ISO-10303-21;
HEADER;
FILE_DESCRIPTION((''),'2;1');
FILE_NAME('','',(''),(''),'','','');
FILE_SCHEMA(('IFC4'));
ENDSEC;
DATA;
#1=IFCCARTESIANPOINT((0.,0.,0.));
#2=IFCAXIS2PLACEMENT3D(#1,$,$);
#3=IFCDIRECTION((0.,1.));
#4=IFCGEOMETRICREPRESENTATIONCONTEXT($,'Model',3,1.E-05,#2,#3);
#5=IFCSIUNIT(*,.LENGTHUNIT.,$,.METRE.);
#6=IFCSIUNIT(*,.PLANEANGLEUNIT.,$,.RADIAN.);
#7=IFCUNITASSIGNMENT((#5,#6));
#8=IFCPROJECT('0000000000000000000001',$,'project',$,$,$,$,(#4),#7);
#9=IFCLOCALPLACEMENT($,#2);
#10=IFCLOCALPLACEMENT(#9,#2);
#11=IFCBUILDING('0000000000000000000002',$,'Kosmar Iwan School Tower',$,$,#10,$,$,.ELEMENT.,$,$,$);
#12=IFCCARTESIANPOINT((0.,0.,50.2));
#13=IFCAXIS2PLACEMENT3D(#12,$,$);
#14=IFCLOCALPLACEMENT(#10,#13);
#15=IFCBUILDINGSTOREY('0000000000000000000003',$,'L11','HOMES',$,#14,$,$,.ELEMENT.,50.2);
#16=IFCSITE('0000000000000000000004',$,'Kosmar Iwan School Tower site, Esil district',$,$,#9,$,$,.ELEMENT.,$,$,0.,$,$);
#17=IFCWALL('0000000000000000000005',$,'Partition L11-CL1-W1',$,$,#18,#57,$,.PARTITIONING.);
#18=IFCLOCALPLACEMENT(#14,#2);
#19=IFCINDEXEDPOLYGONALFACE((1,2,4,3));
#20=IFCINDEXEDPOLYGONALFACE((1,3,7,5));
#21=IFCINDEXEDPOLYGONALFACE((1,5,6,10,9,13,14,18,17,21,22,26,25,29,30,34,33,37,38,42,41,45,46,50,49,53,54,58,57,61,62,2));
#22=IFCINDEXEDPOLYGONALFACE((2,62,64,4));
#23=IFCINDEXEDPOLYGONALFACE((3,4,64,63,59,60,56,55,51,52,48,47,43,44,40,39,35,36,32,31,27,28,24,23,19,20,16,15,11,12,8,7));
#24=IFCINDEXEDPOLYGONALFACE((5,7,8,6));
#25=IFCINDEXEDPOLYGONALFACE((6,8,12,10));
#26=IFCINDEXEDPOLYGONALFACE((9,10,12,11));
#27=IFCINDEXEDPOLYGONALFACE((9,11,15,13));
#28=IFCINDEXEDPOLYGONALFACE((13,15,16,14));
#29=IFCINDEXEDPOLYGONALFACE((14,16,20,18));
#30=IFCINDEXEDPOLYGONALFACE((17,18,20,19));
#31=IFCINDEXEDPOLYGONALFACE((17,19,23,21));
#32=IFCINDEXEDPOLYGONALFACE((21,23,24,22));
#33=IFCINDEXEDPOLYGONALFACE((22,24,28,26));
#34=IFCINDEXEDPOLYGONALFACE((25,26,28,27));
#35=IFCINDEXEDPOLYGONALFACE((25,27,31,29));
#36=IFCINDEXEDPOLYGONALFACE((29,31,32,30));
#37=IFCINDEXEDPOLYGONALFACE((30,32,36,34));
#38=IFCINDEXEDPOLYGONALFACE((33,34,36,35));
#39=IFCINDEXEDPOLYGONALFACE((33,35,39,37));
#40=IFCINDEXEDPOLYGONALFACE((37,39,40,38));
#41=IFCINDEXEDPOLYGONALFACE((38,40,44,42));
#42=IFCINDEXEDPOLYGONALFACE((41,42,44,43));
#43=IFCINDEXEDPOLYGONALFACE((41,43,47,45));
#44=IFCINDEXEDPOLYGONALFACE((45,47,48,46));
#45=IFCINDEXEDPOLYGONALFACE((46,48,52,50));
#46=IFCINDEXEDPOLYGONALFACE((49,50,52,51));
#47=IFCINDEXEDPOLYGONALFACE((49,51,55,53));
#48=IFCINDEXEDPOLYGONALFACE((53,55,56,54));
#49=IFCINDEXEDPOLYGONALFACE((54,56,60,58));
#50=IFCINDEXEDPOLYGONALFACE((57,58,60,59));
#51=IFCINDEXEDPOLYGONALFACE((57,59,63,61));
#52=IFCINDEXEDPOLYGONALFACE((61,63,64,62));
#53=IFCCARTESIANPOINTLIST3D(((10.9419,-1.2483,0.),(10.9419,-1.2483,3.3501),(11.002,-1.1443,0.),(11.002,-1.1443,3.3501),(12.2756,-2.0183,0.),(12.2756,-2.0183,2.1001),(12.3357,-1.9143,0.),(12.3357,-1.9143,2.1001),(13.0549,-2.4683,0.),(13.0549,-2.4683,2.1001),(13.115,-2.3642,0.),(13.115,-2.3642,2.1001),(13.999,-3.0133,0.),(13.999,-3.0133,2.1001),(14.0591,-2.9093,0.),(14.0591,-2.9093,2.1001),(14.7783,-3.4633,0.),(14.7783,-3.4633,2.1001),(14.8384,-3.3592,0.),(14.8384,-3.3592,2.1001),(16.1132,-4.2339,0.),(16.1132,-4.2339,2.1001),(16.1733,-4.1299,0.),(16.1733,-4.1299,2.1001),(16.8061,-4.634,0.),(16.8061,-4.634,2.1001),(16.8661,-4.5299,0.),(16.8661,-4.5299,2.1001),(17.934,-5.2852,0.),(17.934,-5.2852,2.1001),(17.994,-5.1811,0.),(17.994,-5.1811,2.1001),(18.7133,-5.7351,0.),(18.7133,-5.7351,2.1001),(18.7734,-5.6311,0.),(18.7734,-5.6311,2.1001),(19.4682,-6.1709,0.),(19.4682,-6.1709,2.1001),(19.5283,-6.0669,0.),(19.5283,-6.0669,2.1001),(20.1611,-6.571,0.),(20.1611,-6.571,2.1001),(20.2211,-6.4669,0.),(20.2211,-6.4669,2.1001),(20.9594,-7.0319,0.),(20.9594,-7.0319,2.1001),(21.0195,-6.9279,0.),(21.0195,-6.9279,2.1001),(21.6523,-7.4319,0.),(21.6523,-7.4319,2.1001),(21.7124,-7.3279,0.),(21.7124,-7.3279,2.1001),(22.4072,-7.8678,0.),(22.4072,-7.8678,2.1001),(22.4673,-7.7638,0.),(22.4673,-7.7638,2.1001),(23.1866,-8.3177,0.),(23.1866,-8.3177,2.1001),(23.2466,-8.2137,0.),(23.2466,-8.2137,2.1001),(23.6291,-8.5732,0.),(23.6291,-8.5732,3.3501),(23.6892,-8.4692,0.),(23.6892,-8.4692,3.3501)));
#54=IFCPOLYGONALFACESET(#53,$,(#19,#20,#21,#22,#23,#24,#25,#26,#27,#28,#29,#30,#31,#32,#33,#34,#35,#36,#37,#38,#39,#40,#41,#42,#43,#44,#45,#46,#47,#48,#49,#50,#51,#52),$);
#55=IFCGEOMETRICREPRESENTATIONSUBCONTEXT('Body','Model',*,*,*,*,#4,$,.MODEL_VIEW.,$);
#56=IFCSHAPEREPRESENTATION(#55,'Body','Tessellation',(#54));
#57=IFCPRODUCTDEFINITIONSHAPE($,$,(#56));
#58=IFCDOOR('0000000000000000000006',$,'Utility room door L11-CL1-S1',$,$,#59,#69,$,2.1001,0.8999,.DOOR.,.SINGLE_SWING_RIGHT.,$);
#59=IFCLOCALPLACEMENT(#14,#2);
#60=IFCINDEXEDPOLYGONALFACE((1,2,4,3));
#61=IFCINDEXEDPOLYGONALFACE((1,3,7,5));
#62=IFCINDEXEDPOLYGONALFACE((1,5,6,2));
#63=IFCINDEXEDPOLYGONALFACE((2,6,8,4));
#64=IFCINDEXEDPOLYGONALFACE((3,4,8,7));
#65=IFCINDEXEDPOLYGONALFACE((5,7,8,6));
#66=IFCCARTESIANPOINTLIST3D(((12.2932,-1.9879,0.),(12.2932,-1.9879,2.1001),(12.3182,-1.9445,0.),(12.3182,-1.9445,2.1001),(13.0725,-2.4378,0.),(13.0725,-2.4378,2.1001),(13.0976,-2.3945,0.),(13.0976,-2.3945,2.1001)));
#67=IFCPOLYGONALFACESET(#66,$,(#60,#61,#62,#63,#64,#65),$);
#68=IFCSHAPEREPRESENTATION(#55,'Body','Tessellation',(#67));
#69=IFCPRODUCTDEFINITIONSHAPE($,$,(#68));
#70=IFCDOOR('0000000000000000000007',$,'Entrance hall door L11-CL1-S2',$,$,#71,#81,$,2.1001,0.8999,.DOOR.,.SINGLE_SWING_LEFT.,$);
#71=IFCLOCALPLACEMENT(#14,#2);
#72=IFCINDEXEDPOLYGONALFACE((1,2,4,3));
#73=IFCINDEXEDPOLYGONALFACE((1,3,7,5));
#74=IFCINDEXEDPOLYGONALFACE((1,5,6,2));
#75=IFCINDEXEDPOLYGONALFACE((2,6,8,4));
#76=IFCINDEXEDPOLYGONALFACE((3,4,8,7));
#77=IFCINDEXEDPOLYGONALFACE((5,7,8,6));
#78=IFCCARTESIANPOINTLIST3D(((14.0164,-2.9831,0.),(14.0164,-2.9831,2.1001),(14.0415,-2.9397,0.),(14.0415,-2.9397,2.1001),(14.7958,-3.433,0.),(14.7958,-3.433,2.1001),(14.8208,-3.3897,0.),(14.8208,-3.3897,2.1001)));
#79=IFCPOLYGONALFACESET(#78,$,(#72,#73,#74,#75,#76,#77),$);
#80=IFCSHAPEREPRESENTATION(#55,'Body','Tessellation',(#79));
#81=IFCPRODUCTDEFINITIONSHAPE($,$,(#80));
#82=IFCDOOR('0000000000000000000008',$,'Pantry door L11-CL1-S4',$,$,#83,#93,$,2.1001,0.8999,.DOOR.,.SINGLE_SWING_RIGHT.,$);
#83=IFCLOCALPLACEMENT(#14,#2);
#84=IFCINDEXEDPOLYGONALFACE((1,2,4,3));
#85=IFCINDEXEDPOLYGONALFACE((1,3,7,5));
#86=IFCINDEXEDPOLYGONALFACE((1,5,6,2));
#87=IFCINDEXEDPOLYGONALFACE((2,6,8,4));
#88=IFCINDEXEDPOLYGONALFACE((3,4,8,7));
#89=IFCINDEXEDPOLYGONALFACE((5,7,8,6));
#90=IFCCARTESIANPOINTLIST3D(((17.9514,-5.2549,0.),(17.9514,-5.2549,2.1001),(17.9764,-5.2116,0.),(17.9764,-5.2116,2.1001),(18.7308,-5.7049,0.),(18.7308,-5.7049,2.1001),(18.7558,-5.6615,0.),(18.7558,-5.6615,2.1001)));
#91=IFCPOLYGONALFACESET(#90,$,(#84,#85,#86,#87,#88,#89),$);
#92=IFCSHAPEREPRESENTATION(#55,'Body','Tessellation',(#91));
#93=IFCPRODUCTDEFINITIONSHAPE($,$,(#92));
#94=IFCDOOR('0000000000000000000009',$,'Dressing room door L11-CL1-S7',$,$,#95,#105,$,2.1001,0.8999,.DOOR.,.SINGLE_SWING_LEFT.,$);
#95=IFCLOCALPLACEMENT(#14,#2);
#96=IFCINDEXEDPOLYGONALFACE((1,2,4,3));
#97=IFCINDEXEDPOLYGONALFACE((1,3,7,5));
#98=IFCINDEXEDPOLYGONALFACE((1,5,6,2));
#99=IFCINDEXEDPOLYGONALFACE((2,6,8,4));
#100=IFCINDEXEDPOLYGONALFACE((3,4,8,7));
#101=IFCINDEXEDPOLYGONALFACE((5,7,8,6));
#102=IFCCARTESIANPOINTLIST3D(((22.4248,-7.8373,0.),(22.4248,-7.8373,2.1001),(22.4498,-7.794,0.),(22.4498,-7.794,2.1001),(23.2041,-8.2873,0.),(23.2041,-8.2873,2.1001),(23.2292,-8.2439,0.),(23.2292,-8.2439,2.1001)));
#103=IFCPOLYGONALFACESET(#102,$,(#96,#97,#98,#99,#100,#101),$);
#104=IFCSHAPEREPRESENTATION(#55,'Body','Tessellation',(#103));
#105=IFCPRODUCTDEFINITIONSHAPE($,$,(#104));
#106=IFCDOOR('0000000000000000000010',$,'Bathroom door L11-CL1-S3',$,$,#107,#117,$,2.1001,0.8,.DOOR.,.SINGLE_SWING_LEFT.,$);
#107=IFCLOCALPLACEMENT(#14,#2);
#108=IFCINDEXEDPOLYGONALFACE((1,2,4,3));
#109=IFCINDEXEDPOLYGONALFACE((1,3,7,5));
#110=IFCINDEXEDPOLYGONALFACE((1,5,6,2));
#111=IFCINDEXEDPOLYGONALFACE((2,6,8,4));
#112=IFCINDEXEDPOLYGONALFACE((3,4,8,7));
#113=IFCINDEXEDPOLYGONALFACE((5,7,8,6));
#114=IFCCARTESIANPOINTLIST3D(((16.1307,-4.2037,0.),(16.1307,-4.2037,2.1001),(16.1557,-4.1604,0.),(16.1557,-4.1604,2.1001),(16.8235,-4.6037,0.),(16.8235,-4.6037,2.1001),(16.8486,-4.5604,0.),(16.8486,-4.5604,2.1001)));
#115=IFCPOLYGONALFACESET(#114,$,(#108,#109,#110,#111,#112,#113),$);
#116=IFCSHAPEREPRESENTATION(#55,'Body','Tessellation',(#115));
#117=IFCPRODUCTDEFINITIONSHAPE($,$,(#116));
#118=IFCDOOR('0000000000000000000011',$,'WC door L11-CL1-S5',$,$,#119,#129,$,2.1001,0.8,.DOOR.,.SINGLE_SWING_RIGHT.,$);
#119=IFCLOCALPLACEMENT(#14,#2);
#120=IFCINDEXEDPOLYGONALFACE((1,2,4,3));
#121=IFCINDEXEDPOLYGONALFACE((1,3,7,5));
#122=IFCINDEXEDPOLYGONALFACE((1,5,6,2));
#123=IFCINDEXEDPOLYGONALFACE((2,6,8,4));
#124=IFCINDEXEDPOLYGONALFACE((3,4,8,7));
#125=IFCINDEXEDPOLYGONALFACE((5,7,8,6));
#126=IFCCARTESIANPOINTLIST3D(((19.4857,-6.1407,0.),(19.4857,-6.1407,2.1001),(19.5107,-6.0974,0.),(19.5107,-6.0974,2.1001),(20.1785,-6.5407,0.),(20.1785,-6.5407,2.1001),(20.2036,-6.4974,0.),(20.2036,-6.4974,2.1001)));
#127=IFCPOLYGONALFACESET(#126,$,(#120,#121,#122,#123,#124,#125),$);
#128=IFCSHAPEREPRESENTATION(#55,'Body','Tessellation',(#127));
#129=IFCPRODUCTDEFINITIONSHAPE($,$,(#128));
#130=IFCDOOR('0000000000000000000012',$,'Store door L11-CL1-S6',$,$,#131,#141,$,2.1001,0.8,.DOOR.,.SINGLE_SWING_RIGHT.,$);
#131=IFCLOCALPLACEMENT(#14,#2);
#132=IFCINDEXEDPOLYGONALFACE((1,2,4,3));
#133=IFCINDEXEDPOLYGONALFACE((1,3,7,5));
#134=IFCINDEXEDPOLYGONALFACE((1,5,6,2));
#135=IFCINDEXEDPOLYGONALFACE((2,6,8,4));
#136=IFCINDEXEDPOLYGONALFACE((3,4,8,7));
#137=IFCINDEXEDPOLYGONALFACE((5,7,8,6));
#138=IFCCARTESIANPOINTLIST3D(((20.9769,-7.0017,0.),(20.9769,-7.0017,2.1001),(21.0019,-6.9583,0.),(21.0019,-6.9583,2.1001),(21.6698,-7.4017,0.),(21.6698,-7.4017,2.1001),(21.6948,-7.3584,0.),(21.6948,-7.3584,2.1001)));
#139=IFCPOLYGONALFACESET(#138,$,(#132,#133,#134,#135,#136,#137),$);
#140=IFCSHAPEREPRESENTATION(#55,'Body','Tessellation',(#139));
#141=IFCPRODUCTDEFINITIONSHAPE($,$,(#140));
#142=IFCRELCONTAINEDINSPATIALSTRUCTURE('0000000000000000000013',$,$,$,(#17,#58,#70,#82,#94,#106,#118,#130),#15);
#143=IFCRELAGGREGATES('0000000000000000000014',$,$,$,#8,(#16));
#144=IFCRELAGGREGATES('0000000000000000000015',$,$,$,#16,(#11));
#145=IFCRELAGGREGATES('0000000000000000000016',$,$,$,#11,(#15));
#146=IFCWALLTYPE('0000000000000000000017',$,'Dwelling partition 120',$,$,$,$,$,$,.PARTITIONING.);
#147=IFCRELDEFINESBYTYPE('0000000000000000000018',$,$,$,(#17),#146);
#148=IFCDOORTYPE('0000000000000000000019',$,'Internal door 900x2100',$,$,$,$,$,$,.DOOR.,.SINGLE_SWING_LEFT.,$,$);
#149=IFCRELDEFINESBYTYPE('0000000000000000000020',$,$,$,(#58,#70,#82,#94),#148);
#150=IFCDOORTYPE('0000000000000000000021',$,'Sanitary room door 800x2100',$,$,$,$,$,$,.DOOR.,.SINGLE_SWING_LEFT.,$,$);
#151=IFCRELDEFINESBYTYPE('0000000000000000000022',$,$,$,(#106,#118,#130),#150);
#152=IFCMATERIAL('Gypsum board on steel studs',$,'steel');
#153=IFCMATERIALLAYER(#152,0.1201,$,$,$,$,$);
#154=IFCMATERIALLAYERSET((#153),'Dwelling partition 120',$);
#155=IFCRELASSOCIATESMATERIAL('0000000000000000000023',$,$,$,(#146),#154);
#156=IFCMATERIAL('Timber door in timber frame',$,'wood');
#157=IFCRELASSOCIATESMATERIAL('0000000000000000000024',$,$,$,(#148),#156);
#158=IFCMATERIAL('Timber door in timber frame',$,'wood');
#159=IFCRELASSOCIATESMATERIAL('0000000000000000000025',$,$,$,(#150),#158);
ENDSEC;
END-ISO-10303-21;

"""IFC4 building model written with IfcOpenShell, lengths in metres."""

from ifc_helpers import new_model, si_unit, direction, frame, frame_2d, origin, place, context, subcontext, project, spatial, rectangle, extrude, material, layer, layer_set, type_object, element, fill, save


model = new_model("IFC4")

# Units and contexts
model_context = context("Model", 3, precision=1e-05, world=origin(), true_north=direction((0.0, 1.0)))
body_context = subcontext(model_context, "Body", "Model", "MODEL_VIEW")
ifc_project = project(units=[si_unit("LENGTHUNIT", "METRE"), si_unit("PLANEANGLEUNIT", "RADIAN")], contexts=[model_context])

# Site, building, storey
site_placement = place(None, origin())
site = spatial("IfcSite", under=ifc_project, at=site_placement, Name="Kosmar Iwan School Tower site, Esil district", CompositionType="ELEMENT", RefElevation=0.0)
building_placement = place(site_placement, origin())
building = spatial("IfcBuilding", under=site, at=building_placement, Name="Kosmar Iwan School Tower", CompositionType="ELEMENT")
storey_placement = place(building_placement, frame((0.0, 0.0, 50.2)))
storey = spatial("IfcBuildingStorey", under=building, at=storey_placement, Name="L11", Description="HOMES", CompositionType="ELEMENT", Elevation=50.2)

# Wall, openings, doors
ifc_material_1 = material(Name="Gypsum board on steel studs", Category="steel")
ifc_layer_1 = layer(ifc_material_1, 0.1201)
ifc_layer_set_1 = layer_set([ifc_layer_1], Name="Dwelling partition 120")
wall_type_1 = type_object("IfcWallType", Name="Dwelling partition 120", PredefinedType="PARTITIONING", material=ifc_layer_set_1)
wall_1_placement = place(storey_placement, frame((10.9719, -1.1963, 0.0), z_axis=(0.0, 0.0, 1.0), x_axis=(0.866027, -0.499998, 0.0)))
wall_1 = element("IfcWall", 1, at=wall_1_placement, inside=storey, type_object=wall_type_1, Name="Partition L11-CL1-W1", PredefinedType="PARTITIONING", context=body_context, shape_type="SweptSolid", body=[
    extrude(rectangle(XDim=14.6499, YDim=0.1201, at=frame_2d((7.325, 0.0))), origin(), (0.0, 0.0, 1.0), 3.3501),
])
opening_1_placement = place(wall_1_placement, frame((1.54, 0.0, 0.0)))
opening_1 = element("IfcOpeningElement", 2, at=opening_1_placement, cuts=wall_1, PredefinedType="OPENING", context=body_context, shape_type="SweptSolid", body=[
    extrude(rectangle(XDim=0.8999, YDim=2.1001, at=frame_2d((0.45, 1.05))), frame((0.0, 0.072, 0.0), z_axis=(0.0, -1.0, 0.0), x_axis=(1.0, 0.0, 0.0)), (0.0, 0.0, 1.0), 0.144),
])
opening_2_placement = place(wall_1_placement, frame((3.53, 0.0, 0.0)))
opening_2 = element("IfcOpeningElement", 3, at=opening_2_placement, cuts=wall_1, PredefinedType="OPENING", context=body_context, shape_type="SweptSolid", body=[
    extrude(rectangle(XDim=0.8999, YDim=2.1001, at=frame_2d((0.45, 1.05))), frame((0.0, 0.072, 0.0), z_axis=(0.0, -1.0, 0.0), x_axis=(1.0, 0.0, 0.0)), (0.0, 0.0, 1.0), 0.144),
])
opening_3_placement = place(wall_1_placement, frame((5.9714, 0.0, 0.0)))
opening_3 = element("IfcOpeningElement", 4, at=opening_3_placement, cuts=wall_1, PredefinedType="OPENING", context=body_context, shape_type="SweptSolid", body=[
    extrude(rectangle(XDim=0.8, YDim=2.1001, at=frame_2d((0.3999, 1.05))), frame((0.0, 0.072, 0.0), z_axis=(0.0, -1.0, 0.0), x_axis=(1.0, 0.0, 0.0)), (0.0, 0.0, 1.0), 0.144),
])
opening_4_placement = place(wall_1_placement, frame((8.0737, 0.0, 0.0)))
opening_4 = element("IfcOpeningElement", 5, at=opening_4_placement, cuts=wall_1, PredefinedType="OPENING", context=body_context, shape_type="SweptSolid", body=[
    extrude(rectangle(XDim=0.8999, YDim=2.1001, at=frame_2d((0.45, 1.05))), frame((0.0, 0.072, 0.0), z_axis=(0.0, -1.0, 0.0), x_axis=(1.0, 0.0, 0.0)), (0.0, 0.0, 1.0), 0.144),
])
opening_5_placement = place(wall_1_placement, frame((9.8455, 0.0, 0.0)))
opening_5 = element("IfcOpeningElement", 6, at=opening_5_placement, cuts=wall_1, PredefinedType="OPENING", context=body_context, shape_type="SweptSolid", body=[
    extrude(rectangle(XDim=0.8, YDim=2.1001, at=frame_2d((0.3999, 1.05))), frame((0.0, 0.072, 0.0), z_axis=(0.0, -1.0, 0.0), x_axis=(1.0, 0.0, 0.0)), (0.0, 0.0, 1.0), 0.144),
])
opening_6_placement = place(wall_1_placement, frame((11.5674, 0.0, 0.0)))
opening_6 = element("IfcOpeningElement", 7, at=opening_6_placement, cuts=wall_1, PredefinedType="OPENING", context=body_context, shape_type="SweptSolid", body=[
    extrude(rectangle(XDim=0.8, YDim=2.1001, at=frame_2d((0.3999, 1.05))), frame((0.0, 0.072, 0.0), z_axis=(0.0, -1.0, 0.0), x_axis=(1.0, 0.0, 0.0)), (0.0, 0.0, 1.0), 0.144),
])
opening_7_placement = place(wall_1_placement, frame((13.239, 0.0, 0.0)))
opening_7 = element("IfcOpeningElement", 8, at=opening_7_placement, cuts=wall_1, PredefinedType="OPENING", context=body_context, shape_type="SweptSolid", body=[
    extrude(rectangle(XDim=0.8999, YDim=2.1001, at=frame_2d((0.45, 1.05))), frame((0.0, 0.072, 0.0), z_axis=(0.0, -1.0, 0.0), x_axis=(1.0, 0.0, 0.0)), (0.0, 0.0, 1.0), 0.144),
])
ifc_material_2 = material(Name="Timber door in timber frame", Category="wood")
door_type_1 = type_object("IfcDoorType", Name="Internal door 900x2100", OperationType="SINGLE_SWING_LEFT", PredefinedType="DOOR", material=ifc_material_2)
door_1_placement = place(opening_1_placement, frame((0.8999, 0.0, 0.0), z_axis=(0.0, 0.0, 1.0), x_axis=(-1.0, 0.0, 0.0)))
door_1 = element("IfcDoor", 9, at=door_1_placement, inside=storey, type_object=door_type_1, Name="Utility room door L11-CL1-S1", OperationType="SINGLE_SWING_RIGHT", OverallHeight=2.1001, OverallWidth=0.8999, PredefinedType="DOOR", context=body_context, shape_type="SweptSolid", body=[
    extrude(rectangle(XDim=0.8999, YDim=2.1001, at=frame_2d((0.45, 1.05))), frame((0.0, 0.0249, 0.0), z_axis=(0.0, -1.0, 0.0), x_axis=(1.0, 0.0, 0.0)), (0.0, 0.0, 1.0), 0.05),
])
fill(opening_1, door_1)
door_2_placement = place(opening_2_placement, origin())
door_2 = element("IfcDoor", 10, at=door_2_placement, inside=storey, type_object=door_type_1, Name="Entrance hall door L11-CL1-S2", OperationType="SINGLE_SWING_LEFT", OverallHeight=2.1001, OverallWidth=0.8999, PredefinedType="DOOR", context=body_context, shape_type="SweptSolid", body=[
    extrude(rectangle(XDim=0.8999, YDim=2.1001, at=frame_2d((0.45, 1.05))), frame((0.0, 0.0249, 0.0), z_axis=(0.0, -1.0, 0.0), x_axis=(1.0, 0.0, 0.0)), (0.0, 0.0, 1.0), 0.05),
])
fill(opening_2, door_2)
door_3_placement = place(opening_4_placement, origin())
door_3 = element("IfcDoor", 11, at=door_3_placement, inside=storey, type_object=door_type_1, Name="Pantry door L11-CL1-S4", OperationType="SINGLE_SWING_RIGHT", OverallHeight=2.1001, OverallWidth=0.8999, PredefinedType="DOOR", context=body_context, shape_type="SweptSolid", body=[
    extrude(rectangle(XDim=0.8999, YDim=2.1001, at=frame_2d((0.45, 1.05))), frame((0.0, 0.0249, 0.0), z_axis=(0.0, -1.0, 0.0), x_axis=(1.0, 0.0, 0.0)), (0.0, 0.0, 1.0), 0.05),
])
fill(opening_4, door_3)
door_4_placement = place(opening_7_placement, frame((0.8999, 0.0, 0.0), z_axis=(0.0, 0.0, 1.0), x_axis=(-1.0, 0.0, 0.0)))
door_4 = element("IfcDoor", 12, at=door_4_placement, inside=storey, type_object=door_type_1, Name="Dressing room door L11-CL1-S7", OperationType="SINGLE_SWING_LEFT", OverallHeight=2.1001, OverallWidth=0.8999, PredefinedType="DOOR", context=body_context, shape_type="SweptSolid", body=[
    extrude(rectangle(XDim=0.8999, YDim=2.1001, at=frame_2d((0.45, 1.05))), frame((0.0, 0.0249, 0.0), z_axis=(0.0, -1.0, 0.0), x_axis=(1.0, 0.0, 0.0)), (0.0, 0.0, 1.0), 0.05),
])
fill(opening_7, door_4)
ifc_material_3 = material(Name="Timber door in timber frame", Category="wood")
door_type_2 = type_object("IfcDoorType", Name="Sanitary room door 800x2100", OperationType="SINGLE_SWING_LEFT", PredefinedType="DOOR", material=ifc_material_3)
door_5_placement = place(opening_3_placement, origin())
door_5 = element("IfcDoor", 13, at=door_5_placement, inside=storey, type_object=door_type_2, Name="Bathroom door L11-CL1-S3", OperationType="SINGLE_SWING_LEFT", OverallHeight=2.1001, OverallWidth=0.8, PredefinedType="DOOR", context=body_context, shape_type="SweptSolid", body=[
    extrude(rectangle(XDim=0.8, YDim=2.1001, at=frame_2d((0.3999, 1.05))), frame((0.0, 0.0249, 0.0), z_axis=(0.0, -1.0, 0.0), x_axis=(1.0, 0.0, 0.0)), (0.0, 0.0, 1.0), 0.05),
])
fill(opening_3, door_5)
door_6_placement = place(opening_5_placement, origin())
door_6 = element("IfcDoor", 14, at=door_6_placement, inside=storey, type_object=door_type_2, Name="WC door L11-CL1-S5", OperationType="SINGLE_SWING_RIGHT", OverallHeight=2.1001, OverallWidth=0.8, PredefinedType="DOOR", context=body_context, shape_type="SweptSolid", body=[
    extrude(rectangle(XDim=0.8, YDim=2.1001, at=frame_2d((0.3999, 1.05))), frame((0.0, 0.0249, 0.0), z_axis=(0.0, -1.0, 0.0), x_axis=(1.0, 0.0, 0.0)), (0.0, 0.0, 1.0), 0.05),
])
fill(opening_5, door_6)
door_7_placement = place(opening_6_placement, origin())
door_7 = element("IfcDoor", 15, at=door_7_placement, inside=storey, type_object=door_type_2, Name="Store door L11-CL1-S6", OperationType="SINGLE_SWING_RIGHT", OverallHeight=2.1001, OverallWidth=0.8, PredefinedType="DOOR", context=body_context, shape_type="SweptSolid", body=[
    extrude(rectangle(XDim=0.8, YDim=2.1001, at=frame_2d((0.3999, 1.05))), frame((0.0, 0.0249, 0.0), z_axis=(0.0, -1.0, 0.0), x_axis=(1.0, 0.0, 0.0)), (0.0, 0.0, 1.0), 0.05),
])
fill(opening_6, door_7)

save(model, "model.ifc")
